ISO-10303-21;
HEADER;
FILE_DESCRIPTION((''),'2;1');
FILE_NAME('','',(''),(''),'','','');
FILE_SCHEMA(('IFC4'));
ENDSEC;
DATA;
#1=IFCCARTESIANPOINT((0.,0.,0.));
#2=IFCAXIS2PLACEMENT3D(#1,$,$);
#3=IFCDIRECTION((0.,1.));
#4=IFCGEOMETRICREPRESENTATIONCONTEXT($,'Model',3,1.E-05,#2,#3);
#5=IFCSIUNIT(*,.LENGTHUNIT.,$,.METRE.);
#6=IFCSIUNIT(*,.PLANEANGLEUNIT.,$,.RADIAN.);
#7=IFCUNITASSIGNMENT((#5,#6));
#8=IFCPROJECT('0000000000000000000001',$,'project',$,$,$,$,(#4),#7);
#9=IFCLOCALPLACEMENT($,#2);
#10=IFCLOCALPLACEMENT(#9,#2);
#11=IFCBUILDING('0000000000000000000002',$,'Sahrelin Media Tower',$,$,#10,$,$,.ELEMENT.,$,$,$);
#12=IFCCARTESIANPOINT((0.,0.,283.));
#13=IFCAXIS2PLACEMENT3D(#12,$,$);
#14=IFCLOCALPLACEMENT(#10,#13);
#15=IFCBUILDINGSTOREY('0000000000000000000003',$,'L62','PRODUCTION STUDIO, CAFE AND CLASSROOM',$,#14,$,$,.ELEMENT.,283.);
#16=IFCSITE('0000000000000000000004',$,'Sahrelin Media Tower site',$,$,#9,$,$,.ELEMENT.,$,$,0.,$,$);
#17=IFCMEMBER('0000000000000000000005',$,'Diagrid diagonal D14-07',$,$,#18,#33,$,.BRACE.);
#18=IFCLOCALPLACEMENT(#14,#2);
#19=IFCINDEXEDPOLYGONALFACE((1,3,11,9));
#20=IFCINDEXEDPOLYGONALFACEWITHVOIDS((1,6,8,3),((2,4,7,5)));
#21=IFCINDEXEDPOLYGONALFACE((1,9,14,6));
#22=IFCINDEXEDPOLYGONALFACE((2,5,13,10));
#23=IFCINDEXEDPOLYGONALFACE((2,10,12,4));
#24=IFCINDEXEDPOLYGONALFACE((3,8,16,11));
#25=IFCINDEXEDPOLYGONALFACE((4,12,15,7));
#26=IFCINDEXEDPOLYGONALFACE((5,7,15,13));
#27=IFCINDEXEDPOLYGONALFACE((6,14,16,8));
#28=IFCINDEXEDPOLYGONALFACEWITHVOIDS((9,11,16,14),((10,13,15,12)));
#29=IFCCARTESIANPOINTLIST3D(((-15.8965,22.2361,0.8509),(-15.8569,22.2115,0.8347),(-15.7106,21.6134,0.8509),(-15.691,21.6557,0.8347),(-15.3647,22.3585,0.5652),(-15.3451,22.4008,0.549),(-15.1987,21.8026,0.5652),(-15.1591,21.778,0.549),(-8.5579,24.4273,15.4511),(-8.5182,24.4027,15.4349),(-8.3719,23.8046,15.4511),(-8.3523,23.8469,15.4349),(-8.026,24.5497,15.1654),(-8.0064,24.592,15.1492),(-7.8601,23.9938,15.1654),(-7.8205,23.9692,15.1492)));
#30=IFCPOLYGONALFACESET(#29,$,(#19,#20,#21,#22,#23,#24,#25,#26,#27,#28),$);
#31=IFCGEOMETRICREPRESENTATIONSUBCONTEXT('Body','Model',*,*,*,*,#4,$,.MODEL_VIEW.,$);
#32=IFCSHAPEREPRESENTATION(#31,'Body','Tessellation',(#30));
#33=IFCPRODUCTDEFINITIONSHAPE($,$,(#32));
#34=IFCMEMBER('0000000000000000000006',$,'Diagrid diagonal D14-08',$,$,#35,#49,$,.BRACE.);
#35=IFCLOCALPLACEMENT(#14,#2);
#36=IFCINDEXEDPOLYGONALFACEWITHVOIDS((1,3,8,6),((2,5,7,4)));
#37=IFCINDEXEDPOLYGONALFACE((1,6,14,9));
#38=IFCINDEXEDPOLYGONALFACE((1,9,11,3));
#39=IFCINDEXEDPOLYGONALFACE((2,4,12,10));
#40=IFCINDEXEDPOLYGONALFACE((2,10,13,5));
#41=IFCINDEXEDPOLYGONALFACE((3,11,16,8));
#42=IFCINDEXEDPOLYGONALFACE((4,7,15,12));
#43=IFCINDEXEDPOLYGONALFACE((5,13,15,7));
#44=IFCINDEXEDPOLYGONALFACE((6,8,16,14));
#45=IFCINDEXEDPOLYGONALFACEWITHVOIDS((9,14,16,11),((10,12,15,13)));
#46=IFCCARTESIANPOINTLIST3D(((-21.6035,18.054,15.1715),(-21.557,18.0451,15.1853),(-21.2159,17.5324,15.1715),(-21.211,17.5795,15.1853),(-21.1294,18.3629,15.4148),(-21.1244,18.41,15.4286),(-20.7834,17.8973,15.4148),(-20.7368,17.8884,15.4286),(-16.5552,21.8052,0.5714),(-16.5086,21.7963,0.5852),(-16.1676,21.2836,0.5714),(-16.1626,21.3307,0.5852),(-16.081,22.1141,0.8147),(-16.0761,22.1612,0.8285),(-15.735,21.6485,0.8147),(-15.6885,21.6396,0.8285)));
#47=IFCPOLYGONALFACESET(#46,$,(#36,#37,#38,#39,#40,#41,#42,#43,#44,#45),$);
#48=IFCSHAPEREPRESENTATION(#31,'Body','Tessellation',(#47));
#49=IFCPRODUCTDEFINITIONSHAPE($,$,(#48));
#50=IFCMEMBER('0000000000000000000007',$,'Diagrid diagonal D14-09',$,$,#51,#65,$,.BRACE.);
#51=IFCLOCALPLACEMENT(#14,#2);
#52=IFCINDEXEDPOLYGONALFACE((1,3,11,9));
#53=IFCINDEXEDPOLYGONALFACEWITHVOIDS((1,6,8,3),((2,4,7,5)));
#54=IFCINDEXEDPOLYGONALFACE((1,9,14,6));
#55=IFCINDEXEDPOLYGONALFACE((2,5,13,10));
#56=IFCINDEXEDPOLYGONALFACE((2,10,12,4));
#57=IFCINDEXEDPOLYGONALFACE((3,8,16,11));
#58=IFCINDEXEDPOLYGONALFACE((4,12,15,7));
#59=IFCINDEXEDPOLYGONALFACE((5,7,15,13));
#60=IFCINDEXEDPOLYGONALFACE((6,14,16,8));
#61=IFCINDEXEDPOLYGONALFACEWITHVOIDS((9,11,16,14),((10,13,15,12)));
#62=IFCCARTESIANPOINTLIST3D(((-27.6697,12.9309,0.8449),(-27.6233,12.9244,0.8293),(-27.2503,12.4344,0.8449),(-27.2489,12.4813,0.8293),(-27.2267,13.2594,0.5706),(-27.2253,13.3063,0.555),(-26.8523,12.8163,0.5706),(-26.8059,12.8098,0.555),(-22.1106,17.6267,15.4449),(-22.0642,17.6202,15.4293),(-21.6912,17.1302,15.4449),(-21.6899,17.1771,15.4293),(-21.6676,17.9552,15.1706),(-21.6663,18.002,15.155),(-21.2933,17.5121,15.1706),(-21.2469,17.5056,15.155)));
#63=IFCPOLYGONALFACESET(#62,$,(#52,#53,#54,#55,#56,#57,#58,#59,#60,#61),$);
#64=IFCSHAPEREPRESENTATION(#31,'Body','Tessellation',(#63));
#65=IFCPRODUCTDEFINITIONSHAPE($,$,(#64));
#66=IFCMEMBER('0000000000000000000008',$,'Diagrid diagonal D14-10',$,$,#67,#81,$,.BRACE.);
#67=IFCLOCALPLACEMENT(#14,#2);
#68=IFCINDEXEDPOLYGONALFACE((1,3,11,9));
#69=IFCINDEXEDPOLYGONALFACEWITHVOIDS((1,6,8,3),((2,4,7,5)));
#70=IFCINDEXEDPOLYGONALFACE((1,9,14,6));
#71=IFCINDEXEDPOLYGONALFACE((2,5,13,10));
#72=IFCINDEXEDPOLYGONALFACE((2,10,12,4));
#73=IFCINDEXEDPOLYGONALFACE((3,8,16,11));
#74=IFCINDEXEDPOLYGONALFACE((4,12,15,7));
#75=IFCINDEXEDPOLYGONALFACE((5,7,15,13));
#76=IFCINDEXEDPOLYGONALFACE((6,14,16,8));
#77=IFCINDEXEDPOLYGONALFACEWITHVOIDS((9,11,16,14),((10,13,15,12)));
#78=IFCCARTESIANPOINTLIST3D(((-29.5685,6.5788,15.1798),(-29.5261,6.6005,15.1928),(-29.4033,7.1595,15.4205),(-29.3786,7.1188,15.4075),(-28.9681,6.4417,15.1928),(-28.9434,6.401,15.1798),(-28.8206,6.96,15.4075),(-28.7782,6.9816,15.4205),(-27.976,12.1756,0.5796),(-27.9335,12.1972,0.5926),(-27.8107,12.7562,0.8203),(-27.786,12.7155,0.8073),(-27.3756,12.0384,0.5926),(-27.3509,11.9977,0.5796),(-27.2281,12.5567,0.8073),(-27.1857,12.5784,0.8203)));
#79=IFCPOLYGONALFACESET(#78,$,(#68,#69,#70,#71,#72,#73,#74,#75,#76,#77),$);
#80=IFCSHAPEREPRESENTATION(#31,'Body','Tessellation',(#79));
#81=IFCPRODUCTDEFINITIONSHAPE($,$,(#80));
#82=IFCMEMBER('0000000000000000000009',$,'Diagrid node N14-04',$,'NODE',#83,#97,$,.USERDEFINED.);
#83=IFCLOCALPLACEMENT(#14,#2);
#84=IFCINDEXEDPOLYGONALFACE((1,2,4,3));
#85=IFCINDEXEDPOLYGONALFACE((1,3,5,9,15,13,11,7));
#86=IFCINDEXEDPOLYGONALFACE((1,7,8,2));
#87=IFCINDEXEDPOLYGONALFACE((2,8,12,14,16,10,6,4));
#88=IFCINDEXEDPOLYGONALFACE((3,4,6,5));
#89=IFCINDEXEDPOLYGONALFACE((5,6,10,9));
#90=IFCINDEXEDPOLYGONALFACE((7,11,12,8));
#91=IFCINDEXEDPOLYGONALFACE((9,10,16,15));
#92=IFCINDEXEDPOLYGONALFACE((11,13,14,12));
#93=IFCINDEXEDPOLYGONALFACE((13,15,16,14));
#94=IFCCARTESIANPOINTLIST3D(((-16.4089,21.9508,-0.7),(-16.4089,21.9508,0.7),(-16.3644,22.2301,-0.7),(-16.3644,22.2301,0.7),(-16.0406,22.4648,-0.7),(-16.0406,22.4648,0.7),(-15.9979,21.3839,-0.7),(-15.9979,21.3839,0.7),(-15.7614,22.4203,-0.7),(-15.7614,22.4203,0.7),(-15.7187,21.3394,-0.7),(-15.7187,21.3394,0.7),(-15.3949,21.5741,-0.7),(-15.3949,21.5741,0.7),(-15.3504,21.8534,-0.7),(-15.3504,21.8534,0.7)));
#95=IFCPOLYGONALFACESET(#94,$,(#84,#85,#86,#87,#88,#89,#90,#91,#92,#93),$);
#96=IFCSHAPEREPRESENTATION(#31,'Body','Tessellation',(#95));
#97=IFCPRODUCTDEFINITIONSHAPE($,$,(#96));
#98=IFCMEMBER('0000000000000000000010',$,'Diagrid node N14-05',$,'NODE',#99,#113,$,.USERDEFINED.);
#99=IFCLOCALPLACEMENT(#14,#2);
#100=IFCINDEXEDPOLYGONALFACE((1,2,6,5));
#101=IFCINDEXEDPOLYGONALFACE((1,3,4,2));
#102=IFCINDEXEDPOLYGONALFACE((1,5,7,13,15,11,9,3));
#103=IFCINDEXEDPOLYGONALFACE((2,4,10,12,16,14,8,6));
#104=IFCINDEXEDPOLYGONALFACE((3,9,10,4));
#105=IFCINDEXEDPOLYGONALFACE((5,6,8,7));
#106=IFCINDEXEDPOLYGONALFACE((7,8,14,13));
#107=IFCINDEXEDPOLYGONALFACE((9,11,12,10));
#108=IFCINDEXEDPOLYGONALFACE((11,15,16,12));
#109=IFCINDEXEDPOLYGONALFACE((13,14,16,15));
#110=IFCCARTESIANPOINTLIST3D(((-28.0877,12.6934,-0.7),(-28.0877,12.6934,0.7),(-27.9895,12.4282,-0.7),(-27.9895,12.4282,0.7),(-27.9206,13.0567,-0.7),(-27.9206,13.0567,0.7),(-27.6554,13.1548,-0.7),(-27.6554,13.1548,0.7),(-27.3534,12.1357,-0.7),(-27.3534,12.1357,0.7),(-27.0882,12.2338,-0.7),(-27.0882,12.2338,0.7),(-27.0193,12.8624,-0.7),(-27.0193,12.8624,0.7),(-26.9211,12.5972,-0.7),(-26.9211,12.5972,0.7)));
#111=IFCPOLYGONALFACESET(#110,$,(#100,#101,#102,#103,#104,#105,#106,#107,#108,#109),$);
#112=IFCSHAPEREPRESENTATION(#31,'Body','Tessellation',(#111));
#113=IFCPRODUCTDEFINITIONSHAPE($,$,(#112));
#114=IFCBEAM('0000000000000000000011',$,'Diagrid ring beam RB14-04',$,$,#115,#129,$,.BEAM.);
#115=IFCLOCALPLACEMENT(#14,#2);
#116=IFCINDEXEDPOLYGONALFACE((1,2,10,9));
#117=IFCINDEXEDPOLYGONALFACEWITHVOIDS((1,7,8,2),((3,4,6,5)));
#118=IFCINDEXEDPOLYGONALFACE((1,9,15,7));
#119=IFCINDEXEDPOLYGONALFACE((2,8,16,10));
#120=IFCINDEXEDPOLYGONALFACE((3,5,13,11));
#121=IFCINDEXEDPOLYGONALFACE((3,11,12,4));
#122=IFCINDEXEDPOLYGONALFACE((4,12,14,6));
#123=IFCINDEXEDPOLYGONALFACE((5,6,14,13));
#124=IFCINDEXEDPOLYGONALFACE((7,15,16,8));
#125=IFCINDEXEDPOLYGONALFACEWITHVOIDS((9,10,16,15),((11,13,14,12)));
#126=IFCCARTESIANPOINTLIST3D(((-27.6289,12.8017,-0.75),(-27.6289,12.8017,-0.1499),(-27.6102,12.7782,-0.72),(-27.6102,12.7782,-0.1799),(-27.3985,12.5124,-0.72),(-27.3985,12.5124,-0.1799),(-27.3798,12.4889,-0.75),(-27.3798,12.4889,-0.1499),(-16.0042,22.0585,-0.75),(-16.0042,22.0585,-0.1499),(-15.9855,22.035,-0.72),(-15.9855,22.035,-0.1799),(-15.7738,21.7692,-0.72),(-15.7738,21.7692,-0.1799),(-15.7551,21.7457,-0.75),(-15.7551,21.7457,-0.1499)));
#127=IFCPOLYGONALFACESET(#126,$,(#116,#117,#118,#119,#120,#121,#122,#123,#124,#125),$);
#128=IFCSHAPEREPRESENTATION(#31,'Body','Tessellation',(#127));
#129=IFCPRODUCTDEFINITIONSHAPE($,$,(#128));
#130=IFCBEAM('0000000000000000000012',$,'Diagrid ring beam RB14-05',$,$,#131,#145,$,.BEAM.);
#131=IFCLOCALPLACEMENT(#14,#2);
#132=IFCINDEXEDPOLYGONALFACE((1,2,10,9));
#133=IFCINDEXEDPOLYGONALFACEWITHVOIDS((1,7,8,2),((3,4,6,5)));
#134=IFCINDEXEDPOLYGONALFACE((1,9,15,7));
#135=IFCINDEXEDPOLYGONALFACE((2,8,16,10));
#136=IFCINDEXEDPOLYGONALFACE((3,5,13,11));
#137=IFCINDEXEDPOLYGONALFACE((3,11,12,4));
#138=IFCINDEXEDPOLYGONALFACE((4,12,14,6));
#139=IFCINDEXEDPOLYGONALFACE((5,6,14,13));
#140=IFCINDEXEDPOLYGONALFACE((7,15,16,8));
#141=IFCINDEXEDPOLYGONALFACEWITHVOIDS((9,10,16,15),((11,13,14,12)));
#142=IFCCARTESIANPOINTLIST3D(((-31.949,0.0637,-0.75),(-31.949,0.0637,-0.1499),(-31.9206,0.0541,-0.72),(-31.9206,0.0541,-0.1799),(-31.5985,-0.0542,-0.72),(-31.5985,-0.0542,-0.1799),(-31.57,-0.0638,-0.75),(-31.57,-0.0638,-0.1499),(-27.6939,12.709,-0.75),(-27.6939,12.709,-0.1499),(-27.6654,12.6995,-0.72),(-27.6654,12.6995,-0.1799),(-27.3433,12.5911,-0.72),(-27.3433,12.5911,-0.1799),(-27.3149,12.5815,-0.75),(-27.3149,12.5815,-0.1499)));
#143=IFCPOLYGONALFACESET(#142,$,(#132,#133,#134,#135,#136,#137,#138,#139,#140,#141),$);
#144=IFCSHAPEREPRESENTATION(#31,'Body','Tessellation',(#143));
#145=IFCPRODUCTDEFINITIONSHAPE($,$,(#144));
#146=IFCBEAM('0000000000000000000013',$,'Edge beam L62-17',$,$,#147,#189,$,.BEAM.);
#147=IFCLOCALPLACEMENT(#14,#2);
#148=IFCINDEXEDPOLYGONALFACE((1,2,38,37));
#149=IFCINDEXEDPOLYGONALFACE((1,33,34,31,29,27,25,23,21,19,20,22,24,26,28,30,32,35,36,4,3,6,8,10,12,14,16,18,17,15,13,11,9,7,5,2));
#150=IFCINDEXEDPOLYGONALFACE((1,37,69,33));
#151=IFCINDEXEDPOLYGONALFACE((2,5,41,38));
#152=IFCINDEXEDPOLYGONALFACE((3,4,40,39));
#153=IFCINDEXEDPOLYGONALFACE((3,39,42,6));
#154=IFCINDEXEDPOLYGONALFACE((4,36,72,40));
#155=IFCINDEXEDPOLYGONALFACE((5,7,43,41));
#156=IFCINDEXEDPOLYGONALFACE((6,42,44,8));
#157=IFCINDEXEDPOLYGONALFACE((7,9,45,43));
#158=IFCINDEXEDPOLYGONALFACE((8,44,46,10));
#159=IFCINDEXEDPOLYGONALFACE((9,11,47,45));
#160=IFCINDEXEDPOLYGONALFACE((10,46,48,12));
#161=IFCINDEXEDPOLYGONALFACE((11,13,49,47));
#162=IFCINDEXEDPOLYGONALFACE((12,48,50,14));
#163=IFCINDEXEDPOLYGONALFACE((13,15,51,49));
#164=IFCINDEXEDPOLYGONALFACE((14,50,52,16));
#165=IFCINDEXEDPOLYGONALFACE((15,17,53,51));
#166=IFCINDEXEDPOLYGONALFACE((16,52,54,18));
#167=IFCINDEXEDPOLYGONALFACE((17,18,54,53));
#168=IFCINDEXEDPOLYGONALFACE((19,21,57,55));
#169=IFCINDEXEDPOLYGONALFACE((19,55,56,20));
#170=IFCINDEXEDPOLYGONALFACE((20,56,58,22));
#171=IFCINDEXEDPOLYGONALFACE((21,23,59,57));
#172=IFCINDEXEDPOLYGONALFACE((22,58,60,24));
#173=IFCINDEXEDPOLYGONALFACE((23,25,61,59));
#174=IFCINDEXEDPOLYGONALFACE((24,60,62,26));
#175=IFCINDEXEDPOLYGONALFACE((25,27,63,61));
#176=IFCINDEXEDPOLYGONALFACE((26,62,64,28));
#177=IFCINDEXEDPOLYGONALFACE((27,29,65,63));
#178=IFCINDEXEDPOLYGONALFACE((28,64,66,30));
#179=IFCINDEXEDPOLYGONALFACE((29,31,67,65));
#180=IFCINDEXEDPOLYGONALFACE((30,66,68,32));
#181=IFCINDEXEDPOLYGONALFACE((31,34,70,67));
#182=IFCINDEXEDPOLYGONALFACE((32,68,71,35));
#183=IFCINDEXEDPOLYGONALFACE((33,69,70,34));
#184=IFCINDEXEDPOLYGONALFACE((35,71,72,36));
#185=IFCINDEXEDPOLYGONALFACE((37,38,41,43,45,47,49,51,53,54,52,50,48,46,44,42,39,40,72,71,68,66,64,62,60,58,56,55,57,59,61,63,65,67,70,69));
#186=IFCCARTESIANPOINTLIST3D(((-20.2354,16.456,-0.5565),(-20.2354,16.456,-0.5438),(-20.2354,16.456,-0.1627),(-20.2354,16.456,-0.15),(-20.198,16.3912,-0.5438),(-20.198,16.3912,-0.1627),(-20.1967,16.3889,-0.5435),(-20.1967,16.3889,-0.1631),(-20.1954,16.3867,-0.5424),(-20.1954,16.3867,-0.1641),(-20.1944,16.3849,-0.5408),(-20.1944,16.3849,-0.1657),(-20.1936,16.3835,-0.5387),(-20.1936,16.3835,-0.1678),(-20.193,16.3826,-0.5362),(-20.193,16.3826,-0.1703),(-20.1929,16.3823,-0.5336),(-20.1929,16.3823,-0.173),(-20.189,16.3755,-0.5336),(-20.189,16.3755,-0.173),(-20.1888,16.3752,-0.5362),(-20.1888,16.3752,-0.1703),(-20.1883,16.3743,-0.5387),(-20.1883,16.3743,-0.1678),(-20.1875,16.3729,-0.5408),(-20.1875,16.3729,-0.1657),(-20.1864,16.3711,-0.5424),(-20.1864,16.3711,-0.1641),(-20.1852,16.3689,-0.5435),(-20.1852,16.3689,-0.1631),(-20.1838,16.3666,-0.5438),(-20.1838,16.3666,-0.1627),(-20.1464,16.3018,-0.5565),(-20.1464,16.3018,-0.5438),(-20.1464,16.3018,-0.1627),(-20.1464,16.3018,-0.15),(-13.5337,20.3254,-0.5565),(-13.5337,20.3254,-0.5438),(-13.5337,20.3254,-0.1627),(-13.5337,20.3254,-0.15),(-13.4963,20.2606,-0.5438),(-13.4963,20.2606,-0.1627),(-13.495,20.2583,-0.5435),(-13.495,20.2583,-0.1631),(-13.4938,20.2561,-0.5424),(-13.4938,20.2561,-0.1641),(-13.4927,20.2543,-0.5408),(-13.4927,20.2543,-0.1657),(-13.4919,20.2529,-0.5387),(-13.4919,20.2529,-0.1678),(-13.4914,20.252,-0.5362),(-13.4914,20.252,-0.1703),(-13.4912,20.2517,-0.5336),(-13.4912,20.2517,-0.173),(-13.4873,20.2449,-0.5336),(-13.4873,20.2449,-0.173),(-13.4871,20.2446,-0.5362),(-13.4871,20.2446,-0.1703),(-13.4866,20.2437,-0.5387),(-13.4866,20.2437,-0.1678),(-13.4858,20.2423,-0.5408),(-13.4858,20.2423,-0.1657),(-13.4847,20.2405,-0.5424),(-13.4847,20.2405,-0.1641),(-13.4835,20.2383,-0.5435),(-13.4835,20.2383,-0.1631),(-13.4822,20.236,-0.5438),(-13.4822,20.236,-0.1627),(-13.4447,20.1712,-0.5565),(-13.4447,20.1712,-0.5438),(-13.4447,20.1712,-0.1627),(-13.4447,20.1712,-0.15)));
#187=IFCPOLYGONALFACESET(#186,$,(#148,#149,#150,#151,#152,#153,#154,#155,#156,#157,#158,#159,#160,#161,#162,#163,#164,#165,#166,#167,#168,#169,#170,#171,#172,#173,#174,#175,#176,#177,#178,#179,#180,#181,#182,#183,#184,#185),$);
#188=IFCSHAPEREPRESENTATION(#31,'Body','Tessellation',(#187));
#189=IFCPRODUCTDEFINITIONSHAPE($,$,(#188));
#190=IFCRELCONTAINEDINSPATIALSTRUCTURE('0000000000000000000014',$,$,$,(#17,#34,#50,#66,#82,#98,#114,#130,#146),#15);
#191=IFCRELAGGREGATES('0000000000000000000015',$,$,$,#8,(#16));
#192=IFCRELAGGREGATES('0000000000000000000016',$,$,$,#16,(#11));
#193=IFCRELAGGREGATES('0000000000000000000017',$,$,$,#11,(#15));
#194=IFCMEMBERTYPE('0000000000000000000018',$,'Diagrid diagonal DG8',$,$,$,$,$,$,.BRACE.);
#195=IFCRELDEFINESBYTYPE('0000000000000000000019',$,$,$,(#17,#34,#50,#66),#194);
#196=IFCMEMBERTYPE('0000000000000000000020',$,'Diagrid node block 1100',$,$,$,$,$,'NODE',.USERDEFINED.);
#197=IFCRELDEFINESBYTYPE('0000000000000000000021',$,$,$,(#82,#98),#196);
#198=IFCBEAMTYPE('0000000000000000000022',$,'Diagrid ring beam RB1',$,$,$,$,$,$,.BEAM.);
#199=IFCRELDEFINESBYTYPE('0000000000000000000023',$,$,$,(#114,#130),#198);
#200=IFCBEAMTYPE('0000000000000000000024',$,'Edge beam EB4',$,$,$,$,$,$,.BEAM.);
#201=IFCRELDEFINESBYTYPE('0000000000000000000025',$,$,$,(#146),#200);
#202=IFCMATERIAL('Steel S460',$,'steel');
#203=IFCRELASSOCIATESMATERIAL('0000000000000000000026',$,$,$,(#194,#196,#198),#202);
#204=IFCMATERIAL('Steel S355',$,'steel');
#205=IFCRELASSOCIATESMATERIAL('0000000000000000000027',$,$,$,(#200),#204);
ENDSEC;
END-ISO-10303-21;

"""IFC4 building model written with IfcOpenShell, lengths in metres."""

from ifc_helpers import new_model, si_unit, direction, frame, origin, origin_2d, place, context, subcontext, project, spatial, polyline, hollow_rectangle, i_section, outline, extrude, material, material_profile, profile_set, type_object, element, save


model = new_model("IFC4")

# Units and contexts
model_context = context("Model", 3, precision=1e-05, world=origin(), true_north=direction((0.0, 1.0)))
body_context = subcontext(model_context, "Body", "Model", "MODEL_VIEW")
ifc_project = project(units=[si_unit("LENGTHUNIT", "METRE"), si_unit("PLANEANGLEUNIT", "RADIAN")], contexts=[model_context])

# Site, building, storey
site_placement = place(None, origin())
site = spatial("IfcSite", under=ifc_project, at=site_placement, Name="Sahrelin Media Tower site", CompositionType="ELEMENT", RefElevation=0.0)
building_placement = place(site_placement, origin())
building = spatial("IfcBuilding", under=site, at=building_placement, Name="Sahrelin Media Tower", CompositionType="ELEMENT")
storey_placement = place(building_placement, frame((0.0, 0.0, 283.0)))
storey = spatial("IfcBuildingStorey", under=building, at=storey_placement, Name="L62", Description="PRODUCTION STUDIO, CAFE AND CLASSROOM", CompositionType="ELEMENT", Elevation=283.0)

# Members
ifc_material_1 = material(Name="Steel S460", Category="steel")
ifc_material_profile_1 = material_profile(ifc_material_1, hollow_rectangle(XDim=0.6499, YDim=0.6499, WallThickness=0.0349, at=origin_2d()), Name="Diagrid diagonal DG8")
ifc_profile_set_1 = profile_set([ifc_material_profile_1], Name="Steel S460")
member_type_1 = type_object("IfcMemberType", Name="Diagrid diagonal DG8", PredefinedType="BRACE", material=ifc_profile_set_1)
member_1_placement = place(storey_placement, frame((-15.5278, 22.0071, 0.7), z_axis=(0.445117, 0.132903, 0.885555), x_axis=(-0.286099, 0.9582, 0.0)))
element("IfcMember", 1, at=member_1_placement, inside=storey, type_object=member_type_1, Name="Diagrid diagonal D14-07", PredefinedType="BRACE", context=body_context, shape_type="SweptSolid", body=[
    extrude(hollow_rectangle(XDim=0.6499, YDim=0.6499, WallThickness=0.0349, at=origin_2d()), origin(), (0.0, 0.0, 1.0), 16.4871),
])
member_2_placement = place(storey_placement, frame((-16.1218, 21.7224, 0.7), z_axis=(-0.317562, -0.235968, 0.918408), x_axis=(0.596429, -0.802666, 0.0)))
element("IfcMember", 2, at=member_2_placement, inside=storey, type_object=member_type_1, Name="Diagrid diagonal D14-08", PredefinedType="BRACE", context=body_context, shape_type="SweptSolid", body=[
    extrude(hollow_rectangle(XDim=0.6499, YDim=0.6499, WallThickness=0.0349, at=origin_2d()), origin(), (0.0, 0.0, 1.0), 15.8972),
])
member_3_placement = place(storey_placement, frame((-27.2378, 12.8704, 0.7), z_axis=(0.340774, 0.287855, 0.894993), x_axis=(-0.645298, 0.763931, 0.0)))
element("IfcMember", 3, at=member_3_placement, inside=storey, type_object=member_type_1, Name="Diagrid diagonal D14-09", PredefinedType="BRACE", context=body_context, shape_type="SweptSolid", body=[
    extrude(hollow_rectangle(XDim=0.6499, YDim=0.6499, WallThickness=0.0349, at=origin_2d()), origin(), (0.0, 0.0, 1.0), 16.313),
])
member_4_placement = place(storey_placement, frame((-27.5808, 12.377, 0.7), z_axis=(-0.101326, -0.356092, 0.928941), x_axis=(0.961819, -0.273685, 0.0)))
element("IfcMember", 4, at=member_4_placement, inside=storey, type_object=member_type_1, Name="Diagrid diagonal D14-10", PredefinedType="BRACE", context=body_context, shape_type="SweptSolid", body=[
    extrude(hollow_rectangle(XDim=0.6499, YDim=0.6499, WallThickness=0.0349, at=origin_2d()), origin(), (0.0, 0.0, 1.0), 15.717),
])
ifc_material_profile_2 = material_profile(ifc_material_1, outline(polyline([(0.3501, -0.3999), (0.55, -0.2), (0.55, 0.2), (0.3501, 0.3999), (-0.3501, 0.3999), (-0.55, 0.2), (-0.55, -0.2), (-0.3501, -0.3999), (0.3501, -0.3999)])), Name="Diagrid node block 1100")
ifc_profile_set_2 = profile_set([ifc_material_profile_2], Name="Steel S460")
member_type_2 = type_object("IfcMemberType", Name="Diagrid node block 1100", ElementType="NODE", PredefinedType="USERDEFINED", material=ifc_profile_set_2)
for number, where, z_axis, x_axis, name in (
    (5, (-15.8796, 21.9021, -0.7), (0.0, 0.0, 1.0), (-0.586982, 0.8096, 0.0), "Diagrid node N14-04"),
    (6, (-27.5044, 12.6453, -0.7), (0.0, 0.0, 1.0), (-0.908575, 0.417723, 0.0), "Diagrid node N14-05"),
):
    element("IfcMember", number, at=place(storey_placement, frame(where, z_axis=z_axis, x_axis=x_axis)), inside=storey, type_object=member_type_2, Name=name, ObjectType="NODE", PredefinedType="USERDEFINED", context=body_context, shape_type="SweptSolid", body=[
        extrude(outline(polyline([(0.3501, -0.3999), (0.55, -0.2), (0.55, 0.2), (0.3501, 0.3999), (-0.3501, 0.3999), (-0.55, 0.2), (-0.55, -0.2), (-0.3501, -0.3999), (0.3501, -0.3999)])), origin(), (0.0, 0.0, 1.0), 1.3999),
    ])

# Beams
ifc_material_profile_3 = material_profile(ifc_material_1, hollow_rectangle(XDim=0.3999, YDim=0.6001, WallThickness=0.03, at=origin_2d()), Name="Diagrid ring beam RB1")
ifc_profile_set_3 = profile_set([ifc_material_profile_3], Name="Steel S460")
beam_type_1 = type_object("IfcBeamType", Name="Diagrid ring beam RB1", PredefinedType="BEAM", material=ifc_profile_set_3)
beam_1_placement = place(storey_placement, frame((-15.8796, 21.9021, -0.45), z_axis=(-0.782277, -0.62293, 0.0), x_axis=(0.62293, -0.782277, 0.0)))
element("IfcBeam", 7, at=beam_1_placement, inside=storey, type_object=beam_type_1, Name="Diagrid ring beam RB14-04", PredefinedType="BEAM", context=body_context, shape_type="SweptSolid", body=[
    extrude(hollow_rectangle(XDim=0.3999, YDim=0.6001, WallThickness=0.03, at=origin_2d()), origin(), (0.0, 0.0, 1.0), 14.8601),
])
beam_2_placement = place(storey_placement, frame((-27.5044, 12.6453, -0.45), z_axis=(-0.318927, -0.947779, 0.0), x_axis=(0.947779, -0.318927, 0.0)))
element("IfcBeam", 8, at=beam_2_placement, inside=storey, type_object=beam_type_1, Name="Diagrid ring beam RB14-05", PredefinedType="BEAM", context=body_context, shape_type="SweptSolid", body=[
    extrude(hollow_rectangle(XDim=0.3999, YDim=0.6001, WallThickness=0.03, at=origin_2d()), origin(), (0.0, 0.0, 1.0), 13.342),
])
ifc_material_2 = material(Name="Steel S355", Category="steel")
ifc_material_profile_4 = material_profile(ifc_material_2, i_section(OverallWidth=0.178, OverallDepth=0.4065, WebThickness=0.0078, FlangeThickness=0.0127, FilletRadius=0.0103, at=origin_2d()), Name="UB 406x178x60")
ifc_profile_set_4 = profile_set([ifc_material_profile_4], Name="Steel S355")
beam_type_2 = type_object("IfcBeamType", Name="Edge beam EB4", PredefinedType="BEAM", material=ifc_profile_set_4)
beam_3_placement = place(storey_placement, frame((-20.1909, 16.3789, -0.3533), z_axis=(0.866015, 0.500017, 0.0), x_axis=(-0.500017, 0.866015, 0.0)))
element("IfcBeam", 9, at=beam_3_placement, inside=storey, type_object=beam_type_2, Name="Edge beam L62-17", PredefinedType="BEAM", context=body_context, shape_type="SweptSolid", body=[
    extrude(i_section(OverallWidth=0.178, OverallDepth=0.4065, WebThickness=0.0078, FlangeThickness=0.0127, FilletRadius=0.0103, at=origin_2d()), origin(), (0.0, 0.0, 1.0), 7.7385),
])

save(model, "model.ifc")
